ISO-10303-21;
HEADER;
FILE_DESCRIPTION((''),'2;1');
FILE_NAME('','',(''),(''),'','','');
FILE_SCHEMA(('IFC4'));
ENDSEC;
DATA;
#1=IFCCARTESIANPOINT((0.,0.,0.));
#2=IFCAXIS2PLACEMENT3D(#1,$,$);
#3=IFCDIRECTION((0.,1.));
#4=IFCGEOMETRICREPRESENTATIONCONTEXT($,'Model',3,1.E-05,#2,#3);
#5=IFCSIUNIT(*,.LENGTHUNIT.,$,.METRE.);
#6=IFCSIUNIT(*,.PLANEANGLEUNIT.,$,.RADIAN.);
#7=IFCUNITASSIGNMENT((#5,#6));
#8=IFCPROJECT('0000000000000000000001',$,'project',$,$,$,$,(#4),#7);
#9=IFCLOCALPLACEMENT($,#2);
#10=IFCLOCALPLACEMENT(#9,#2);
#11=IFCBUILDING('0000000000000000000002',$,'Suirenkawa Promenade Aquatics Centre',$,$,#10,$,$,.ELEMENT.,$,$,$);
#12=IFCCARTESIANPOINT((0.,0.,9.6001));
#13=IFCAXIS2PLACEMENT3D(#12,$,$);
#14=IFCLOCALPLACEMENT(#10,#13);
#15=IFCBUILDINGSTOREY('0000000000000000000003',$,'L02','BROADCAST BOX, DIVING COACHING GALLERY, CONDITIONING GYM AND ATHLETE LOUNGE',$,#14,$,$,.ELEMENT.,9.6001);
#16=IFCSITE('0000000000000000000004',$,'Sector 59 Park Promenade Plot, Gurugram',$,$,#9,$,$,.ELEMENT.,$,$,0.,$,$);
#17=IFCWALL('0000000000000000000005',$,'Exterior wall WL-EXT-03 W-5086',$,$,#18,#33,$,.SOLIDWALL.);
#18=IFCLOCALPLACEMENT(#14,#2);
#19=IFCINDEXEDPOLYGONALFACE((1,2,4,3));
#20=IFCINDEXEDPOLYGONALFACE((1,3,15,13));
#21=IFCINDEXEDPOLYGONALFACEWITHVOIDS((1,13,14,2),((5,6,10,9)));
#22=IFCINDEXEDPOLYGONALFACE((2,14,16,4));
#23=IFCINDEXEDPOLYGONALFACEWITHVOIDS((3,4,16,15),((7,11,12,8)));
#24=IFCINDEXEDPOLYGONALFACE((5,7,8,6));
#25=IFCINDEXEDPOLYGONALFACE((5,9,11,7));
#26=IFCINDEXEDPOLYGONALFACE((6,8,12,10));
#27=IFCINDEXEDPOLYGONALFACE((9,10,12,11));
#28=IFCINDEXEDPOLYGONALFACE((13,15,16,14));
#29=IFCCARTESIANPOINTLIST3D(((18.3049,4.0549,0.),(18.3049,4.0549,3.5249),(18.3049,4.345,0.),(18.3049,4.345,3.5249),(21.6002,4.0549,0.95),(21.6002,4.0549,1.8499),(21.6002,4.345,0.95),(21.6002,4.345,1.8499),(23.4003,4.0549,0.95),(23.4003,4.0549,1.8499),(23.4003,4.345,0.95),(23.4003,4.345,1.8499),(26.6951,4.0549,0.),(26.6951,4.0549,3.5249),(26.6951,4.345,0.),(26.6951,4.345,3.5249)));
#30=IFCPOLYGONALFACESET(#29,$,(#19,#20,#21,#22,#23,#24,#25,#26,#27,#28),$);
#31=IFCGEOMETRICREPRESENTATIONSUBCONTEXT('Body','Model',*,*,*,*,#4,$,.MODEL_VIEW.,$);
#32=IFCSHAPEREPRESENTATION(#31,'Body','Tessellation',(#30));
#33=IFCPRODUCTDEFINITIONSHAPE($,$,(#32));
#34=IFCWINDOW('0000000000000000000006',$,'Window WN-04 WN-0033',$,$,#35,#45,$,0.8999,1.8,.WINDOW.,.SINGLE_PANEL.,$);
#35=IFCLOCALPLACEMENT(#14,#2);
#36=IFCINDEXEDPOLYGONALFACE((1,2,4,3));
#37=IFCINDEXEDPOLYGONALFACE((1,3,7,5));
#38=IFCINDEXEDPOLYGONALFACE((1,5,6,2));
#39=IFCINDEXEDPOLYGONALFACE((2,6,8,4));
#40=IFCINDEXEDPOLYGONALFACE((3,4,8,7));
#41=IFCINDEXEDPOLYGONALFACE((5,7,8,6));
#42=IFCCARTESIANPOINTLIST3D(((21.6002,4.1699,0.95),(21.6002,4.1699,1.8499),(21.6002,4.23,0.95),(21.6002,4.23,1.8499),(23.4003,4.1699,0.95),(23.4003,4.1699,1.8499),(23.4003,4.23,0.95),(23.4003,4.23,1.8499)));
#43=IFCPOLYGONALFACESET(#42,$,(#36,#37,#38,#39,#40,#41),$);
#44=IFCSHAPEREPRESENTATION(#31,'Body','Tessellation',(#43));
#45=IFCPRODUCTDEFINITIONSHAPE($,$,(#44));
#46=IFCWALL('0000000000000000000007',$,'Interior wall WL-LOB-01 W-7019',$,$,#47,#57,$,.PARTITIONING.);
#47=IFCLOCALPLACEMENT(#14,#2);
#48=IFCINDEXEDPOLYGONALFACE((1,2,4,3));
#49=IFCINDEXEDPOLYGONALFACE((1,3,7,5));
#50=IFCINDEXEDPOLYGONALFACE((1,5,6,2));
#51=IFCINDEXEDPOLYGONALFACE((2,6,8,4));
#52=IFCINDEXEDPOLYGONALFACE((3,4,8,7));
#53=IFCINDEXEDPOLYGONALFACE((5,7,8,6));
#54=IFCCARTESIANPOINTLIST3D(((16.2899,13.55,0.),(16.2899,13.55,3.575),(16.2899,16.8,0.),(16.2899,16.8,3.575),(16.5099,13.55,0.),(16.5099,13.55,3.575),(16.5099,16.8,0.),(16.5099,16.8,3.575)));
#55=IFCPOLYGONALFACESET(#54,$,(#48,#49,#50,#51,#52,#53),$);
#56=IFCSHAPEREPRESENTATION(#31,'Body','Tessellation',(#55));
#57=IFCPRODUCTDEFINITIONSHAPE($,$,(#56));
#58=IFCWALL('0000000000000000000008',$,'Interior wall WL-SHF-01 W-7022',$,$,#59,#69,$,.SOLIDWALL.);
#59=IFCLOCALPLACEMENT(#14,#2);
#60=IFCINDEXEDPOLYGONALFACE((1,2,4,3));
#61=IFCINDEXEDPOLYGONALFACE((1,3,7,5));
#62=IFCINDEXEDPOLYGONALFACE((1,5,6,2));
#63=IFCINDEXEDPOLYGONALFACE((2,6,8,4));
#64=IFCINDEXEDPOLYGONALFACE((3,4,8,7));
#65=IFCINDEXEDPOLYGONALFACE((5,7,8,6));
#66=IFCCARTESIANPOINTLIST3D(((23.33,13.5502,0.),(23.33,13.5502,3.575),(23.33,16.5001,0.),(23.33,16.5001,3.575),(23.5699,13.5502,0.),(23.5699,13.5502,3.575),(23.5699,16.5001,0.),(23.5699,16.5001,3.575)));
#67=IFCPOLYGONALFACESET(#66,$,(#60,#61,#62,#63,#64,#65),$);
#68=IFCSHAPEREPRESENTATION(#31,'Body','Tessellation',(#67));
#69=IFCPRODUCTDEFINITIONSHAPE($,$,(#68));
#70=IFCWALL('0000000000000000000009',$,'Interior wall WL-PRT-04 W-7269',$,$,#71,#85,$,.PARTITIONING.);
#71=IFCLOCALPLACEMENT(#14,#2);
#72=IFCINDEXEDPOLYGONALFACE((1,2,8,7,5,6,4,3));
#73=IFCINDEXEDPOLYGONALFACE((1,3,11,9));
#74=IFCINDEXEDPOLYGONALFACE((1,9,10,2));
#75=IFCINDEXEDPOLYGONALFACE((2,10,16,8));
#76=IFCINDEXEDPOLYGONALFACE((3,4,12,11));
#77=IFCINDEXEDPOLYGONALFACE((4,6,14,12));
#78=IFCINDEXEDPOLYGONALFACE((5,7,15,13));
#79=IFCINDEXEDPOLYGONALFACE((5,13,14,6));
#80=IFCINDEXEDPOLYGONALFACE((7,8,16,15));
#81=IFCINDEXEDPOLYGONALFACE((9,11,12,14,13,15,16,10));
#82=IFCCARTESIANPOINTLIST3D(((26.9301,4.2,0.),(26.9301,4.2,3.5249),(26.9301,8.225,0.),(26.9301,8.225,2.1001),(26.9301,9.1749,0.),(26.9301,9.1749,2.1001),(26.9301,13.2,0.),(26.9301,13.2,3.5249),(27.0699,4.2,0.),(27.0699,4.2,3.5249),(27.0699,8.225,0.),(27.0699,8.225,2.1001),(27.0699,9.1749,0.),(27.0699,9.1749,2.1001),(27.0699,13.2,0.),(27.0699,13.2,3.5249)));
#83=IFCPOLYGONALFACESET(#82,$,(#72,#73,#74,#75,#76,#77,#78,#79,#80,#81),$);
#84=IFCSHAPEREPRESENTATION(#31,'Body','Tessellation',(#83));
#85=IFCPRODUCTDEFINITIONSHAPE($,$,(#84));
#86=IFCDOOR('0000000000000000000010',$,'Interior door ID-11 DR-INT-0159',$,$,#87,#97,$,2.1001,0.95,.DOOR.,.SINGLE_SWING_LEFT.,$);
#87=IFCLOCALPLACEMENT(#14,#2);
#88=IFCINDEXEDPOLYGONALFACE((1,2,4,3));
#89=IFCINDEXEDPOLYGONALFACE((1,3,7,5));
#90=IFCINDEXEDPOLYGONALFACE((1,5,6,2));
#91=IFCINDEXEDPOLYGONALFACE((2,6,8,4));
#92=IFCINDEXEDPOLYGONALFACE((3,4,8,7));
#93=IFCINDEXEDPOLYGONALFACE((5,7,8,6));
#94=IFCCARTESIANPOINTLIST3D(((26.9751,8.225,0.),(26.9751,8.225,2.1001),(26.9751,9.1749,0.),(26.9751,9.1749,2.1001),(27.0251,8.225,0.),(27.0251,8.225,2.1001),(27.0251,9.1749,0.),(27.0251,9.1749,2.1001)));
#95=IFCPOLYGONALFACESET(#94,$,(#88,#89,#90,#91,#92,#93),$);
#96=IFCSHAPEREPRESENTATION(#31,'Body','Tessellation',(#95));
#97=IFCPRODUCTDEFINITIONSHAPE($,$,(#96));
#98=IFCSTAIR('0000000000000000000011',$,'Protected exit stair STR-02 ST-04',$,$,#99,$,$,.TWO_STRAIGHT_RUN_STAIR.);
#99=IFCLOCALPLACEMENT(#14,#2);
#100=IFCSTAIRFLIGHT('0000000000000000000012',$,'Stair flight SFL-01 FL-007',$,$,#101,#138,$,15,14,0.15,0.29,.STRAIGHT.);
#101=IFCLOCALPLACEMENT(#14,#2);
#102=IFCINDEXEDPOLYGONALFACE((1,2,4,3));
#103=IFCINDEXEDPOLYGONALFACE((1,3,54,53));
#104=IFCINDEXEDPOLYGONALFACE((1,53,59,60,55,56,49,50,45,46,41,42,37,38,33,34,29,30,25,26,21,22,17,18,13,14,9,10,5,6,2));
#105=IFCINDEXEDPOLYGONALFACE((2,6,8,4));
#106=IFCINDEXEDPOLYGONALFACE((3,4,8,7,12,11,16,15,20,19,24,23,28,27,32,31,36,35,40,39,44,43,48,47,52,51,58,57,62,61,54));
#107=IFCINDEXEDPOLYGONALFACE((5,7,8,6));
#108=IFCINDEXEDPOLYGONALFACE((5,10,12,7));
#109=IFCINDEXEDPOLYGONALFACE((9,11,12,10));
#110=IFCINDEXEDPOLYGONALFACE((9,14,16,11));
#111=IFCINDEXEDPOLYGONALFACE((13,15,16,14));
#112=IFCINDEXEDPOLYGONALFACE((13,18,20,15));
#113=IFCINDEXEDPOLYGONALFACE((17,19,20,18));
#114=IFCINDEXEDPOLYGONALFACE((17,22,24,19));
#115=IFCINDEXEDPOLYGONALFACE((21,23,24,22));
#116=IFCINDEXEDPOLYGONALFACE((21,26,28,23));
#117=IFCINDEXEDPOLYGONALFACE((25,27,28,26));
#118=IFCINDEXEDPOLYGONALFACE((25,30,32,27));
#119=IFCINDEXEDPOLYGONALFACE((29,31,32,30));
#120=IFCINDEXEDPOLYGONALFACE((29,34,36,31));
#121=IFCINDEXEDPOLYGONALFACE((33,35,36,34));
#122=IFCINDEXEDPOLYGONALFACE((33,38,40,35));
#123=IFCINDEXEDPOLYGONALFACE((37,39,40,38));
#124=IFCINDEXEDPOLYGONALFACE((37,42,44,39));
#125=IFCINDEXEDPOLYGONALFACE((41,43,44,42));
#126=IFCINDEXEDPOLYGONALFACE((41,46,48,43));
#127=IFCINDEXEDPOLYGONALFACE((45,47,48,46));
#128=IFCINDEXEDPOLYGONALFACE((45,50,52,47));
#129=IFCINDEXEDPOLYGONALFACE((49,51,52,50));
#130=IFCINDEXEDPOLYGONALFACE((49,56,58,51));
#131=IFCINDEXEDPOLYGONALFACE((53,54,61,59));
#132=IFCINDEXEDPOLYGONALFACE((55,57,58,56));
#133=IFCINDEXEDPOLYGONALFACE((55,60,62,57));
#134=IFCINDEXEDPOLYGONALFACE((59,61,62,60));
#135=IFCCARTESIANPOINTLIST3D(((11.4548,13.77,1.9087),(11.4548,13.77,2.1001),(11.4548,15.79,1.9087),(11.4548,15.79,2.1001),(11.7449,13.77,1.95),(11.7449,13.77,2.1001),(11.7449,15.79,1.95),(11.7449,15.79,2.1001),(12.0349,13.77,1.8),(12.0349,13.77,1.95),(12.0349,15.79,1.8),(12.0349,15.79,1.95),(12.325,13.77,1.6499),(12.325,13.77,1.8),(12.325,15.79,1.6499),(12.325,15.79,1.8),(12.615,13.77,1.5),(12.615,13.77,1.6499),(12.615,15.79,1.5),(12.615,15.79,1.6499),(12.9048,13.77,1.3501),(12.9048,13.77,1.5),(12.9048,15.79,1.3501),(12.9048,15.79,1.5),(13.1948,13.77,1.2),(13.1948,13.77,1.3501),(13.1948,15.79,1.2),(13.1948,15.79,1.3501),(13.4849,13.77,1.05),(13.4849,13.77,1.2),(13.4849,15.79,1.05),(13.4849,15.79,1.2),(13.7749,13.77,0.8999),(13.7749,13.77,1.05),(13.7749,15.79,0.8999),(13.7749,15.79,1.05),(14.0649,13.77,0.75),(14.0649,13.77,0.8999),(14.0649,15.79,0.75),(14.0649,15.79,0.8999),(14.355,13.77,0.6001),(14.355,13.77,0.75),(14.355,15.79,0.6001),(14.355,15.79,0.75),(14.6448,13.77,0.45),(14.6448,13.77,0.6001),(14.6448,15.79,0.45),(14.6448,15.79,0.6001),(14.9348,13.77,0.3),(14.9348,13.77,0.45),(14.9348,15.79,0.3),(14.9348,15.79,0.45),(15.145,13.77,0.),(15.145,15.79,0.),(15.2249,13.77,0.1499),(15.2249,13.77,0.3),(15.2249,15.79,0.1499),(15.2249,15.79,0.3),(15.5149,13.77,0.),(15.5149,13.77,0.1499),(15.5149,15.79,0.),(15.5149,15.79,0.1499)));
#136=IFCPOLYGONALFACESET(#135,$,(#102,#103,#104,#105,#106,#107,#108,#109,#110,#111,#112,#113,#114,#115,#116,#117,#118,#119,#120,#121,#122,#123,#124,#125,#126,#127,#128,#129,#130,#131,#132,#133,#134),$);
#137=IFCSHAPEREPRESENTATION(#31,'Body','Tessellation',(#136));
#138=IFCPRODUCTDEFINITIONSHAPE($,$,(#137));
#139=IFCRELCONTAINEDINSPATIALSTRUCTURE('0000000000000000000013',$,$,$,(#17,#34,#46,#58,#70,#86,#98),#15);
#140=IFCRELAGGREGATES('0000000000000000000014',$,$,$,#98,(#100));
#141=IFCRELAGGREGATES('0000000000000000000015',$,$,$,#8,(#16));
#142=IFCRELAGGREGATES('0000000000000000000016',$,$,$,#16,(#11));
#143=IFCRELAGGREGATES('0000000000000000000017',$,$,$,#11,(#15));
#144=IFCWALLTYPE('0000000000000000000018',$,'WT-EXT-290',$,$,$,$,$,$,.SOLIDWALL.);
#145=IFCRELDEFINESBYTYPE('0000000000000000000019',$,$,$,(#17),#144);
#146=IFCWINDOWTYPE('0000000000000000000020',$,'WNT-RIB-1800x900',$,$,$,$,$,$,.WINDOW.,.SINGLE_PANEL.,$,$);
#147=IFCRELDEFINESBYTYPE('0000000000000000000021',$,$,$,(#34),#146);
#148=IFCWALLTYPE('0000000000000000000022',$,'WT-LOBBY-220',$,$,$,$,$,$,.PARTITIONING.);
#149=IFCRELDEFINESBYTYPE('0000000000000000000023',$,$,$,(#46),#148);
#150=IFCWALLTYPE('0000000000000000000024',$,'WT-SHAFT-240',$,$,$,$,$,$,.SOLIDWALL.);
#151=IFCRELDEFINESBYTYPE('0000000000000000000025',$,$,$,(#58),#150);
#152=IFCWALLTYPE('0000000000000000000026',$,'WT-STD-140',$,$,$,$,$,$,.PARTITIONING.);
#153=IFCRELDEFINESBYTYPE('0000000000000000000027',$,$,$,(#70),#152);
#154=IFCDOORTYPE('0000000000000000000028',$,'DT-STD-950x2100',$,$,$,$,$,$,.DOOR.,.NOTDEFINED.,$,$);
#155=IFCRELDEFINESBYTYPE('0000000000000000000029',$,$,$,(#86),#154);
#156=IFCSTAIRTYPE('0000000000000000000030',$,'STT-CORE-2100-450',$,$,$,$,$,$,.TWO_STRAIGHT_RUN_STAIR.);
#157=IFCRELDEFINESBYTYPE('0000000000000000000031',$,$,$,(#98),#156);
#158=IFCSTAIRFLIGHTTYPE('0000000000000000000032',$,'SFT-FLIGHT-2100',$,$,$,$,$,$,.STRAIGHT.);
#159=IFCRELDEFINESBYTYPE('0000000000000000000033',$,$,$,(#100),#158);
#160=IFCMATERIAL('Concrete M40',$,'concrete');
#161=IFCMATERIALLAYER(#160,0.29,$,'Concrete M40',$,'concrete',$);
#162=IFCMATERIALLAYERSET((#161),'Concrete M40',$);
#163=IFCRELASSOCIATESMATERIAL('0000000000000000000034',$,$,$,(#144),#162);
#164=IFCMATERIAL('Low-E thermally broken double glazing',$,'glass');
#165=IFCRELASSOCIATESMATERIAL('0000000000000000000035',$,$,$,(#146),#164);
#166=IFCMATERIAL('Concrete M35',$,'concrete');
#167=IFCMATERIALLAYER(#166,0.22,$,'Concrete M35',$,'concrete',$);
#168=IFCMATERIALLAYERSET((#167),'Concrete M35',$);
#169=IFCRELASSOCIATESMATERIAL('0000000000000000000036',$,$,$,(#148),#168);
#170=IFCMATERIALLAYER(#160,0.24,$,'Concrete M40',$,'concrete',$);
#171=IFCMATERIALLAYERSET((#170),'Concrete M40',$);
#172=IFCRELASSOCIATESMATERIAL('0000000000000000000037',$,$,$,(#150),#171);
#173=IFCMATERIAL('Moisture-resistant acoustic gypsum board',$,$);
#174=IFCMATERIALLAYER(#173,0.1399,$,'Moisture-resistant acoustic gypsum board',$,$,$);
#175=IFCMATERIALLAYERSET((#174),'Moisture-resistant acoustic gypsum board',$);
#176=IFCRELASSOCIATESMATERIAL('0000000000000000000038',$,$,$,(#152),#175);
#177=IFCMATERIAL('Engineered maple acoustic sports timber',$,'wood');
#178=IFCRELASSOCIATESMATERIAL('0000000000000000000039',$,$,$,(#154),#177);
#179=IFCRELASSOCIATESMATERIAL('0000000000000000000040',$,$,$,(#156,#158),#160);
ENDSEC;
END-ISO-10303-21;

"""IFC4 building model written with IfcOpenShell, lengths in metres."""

from ifc_helpers import new_model, si_unit, direction, frame, frame_2d, origin, place, context, subcontext, project, spatial, polyline, rectangle, outline, extrude, material, layer, layer_set, type_object, element, fill, aggregate, save


model = new_model("IFC4")

# Units and contexts
model_context = context("Model", 3, precision=1e-05, world=origin(), true_north=direction((0.0, 1.0)))
body_context = subcontext(model_context, "Body", "Model", "MODEL_VIEW")
ifc_project = project(units=[si_unit("LENGTHUNIT", "METRE"), si_unit("PLANEANGLEUNIT", "RADIAN")], contexts=[model_context])

# Site, building, storey
site_placement = place(None, origin())
site = spatial("IfcSite", under=ifc_project, at=site_placement, Name="Sector 59 Park Promenade Plot, Gurugram", CompositionType="ELEMENT", RefElevation=0.0)
building_placement = place(site_placement, origin())
building = spatial("IfcBuilding", under=site, at=building_placement, Name="Suirenkawa Promenade Aquatics Centre", CompositionType="ELEMENT")
storey_placement = place(building_placement, frame((0.0, 0.0, 9.6001)))
storey = spatial("IfcBuildingStorey", under=building, at=storey_placement, Name="L02", Description="BROADCAST BOX, DIVING COACHING GALLERY, CONDITIONING GYM AND ATHLETE LOUNGE", CompositionType="ELEMENT", Elevation=9.6001)

# Shared definitions
ifc_material_1 = material(Name="Concrete M40", Category="concrete")

# Shared definitions
ifc_material_2 = material(Name="Concrete M35", Category="concrete")

# Wall, opening, window
ifc_layer_1 = layer(ifc_material_1, 0.29, Name="Concrete M40", Category="concrete")
ifc_layer_set_1 = layer_set([ifc_layer_1], Name="Concrete M40")
wall_type_1 = type_object("IfcWallType", Name="WT-EXT-290", PredefinedType="SOLIDWALL", material=ifc_layer_set_1)
ifc_material_3 = material(Name="Low-E thermally broken double glazing", Category="glass")
wall_1_placement = place(storey_placement, frame((26.6951, 4.2, 0.0), z_axis=(0.0, 0.0, 1.0), x_axis=(-1.0, 0.0, 0.0)))
wall_1 = element("IfcWall", 1, at=wall_1_placement, inside=storey, type_object=wall_type_1, Name="Exterior wall WL-EXT-03 W-5086", PredefinedType="SOLIDWALL", context=body_context, shape_type="SweptSolid", body=[
    extrude(rectangle(XDim=8.3901, YDim=0.29, at=frame_2d((4.1951, 0.0))), origin(), (0.0, 0.0, 1.0), 3.5249),
])
opening_1_placement = place(wall_1_placement, frame((3.2949, 0.0, 0.95)))
opening_1 = element("IfcOpeningElement", 2, at=opening_1_placement, cuts=wall_1, PredefinedType="OPENING", context=body_context, shape_type="SweptSolid", body=[
    extrude(rectangle(XDim=1.8, YDim=0.8999, at=frame_2d((0.8999, 0.45))), frame((0.0, 0.155, 0.0), z_axis=(0.0, -1.0, 0.0), x_axis=(1.0, 0.0, 0.0)), (0.0, 0.0, 1.0), 0.3101),
])
window_type_1 = type_object("IfcWindowType", Name="WNT-RIB-1800x900", PartitioningType="SINGLE_PANEL", PredefinedType="WINDOW", material=ifc_material_3)
window_1_placement = place(opening_1_placement, origin())
window_1 = element("IfcWindow", 3, at=window_1_placement, inside=storey, type_object=window_type_1, Name="Window WN-04 WN-0033", OverallHeight=0.8999, OverallWidth=1.8, PartitioningType="SINGLE_PANEL", PredefinedType="WINDOW", context=body_context, shape_type="SweptSolid", body=[
    extrude(rectangle(XDim=1.8, YDim=0.8999, at=frame_2d((0.8999, 0.45))), frame((0.0, 0.03, 0.0), z_axis=(0.0, -1.0, 0.0), x_axis=(1.0, 0.0, 0.0)), (0.0, 0.0, 1.0), 0.0601),
])
fill(opening_1, window_1)

# Walls
ifc_layer_2 = layer(ifc_material_2, 0.22, Name="Concrete M35", Category="concrete")
ifc_layer_set_2 = layer_set([ifc_layer_2], Name="Concrete M35")
wall_type_2 = type_object("IfcWallType", Name="WT-LOBBY-220", PredefinedType="PARTITIONING", material=ifc_layer_set_2)
wall_2_placement = place(storey_placement, frame((16.3999, 13.55, 0.0), z_axis=(0.0, 0.0, 1.0), x_axis=(0.0, 1.0, 0.0)))
element("IfcWall", 4, at=wall_2_placement, inside=storey, type_object=wall_type_2, Name="Interior wall WL-LOB-01 W-7019", PredefinedType="PARTITIONING", context=body_context, shape_type="SweptSolid", body=[
    extrude(rectangle(XDim=3.25, YDim=0.22, at=frame_2d((1.625, 0.0))), origin(), (0.0, 0.0, 1.0), 3.575),
])
ifc_layer_3 = layer(ifc_material_1, 0.24, Name="Concrete M40", Category="concrete")
ifc_layer_set_3 = layer_set([ifc_layer_3], Name="Concrete M40")
wall_type_3 = type_object("IfcWallType", Name="WT-SHAFT-240", PredefinedType="SOLIDWALL", material=ifc_layer_set_3)
wall_3_placement = place(storey_placement, frame((23.45, 13.55, 0.0), z_axis=(0.0, 0.0, 1.0), x_axis=(0.0, 1.0, 0.0)))
element("IfcWall", 5, at=wall_3_placement, inside=storey, type_object=wall_type_3, Name="Interior wall WL-SHF-01 W-7022", PredefinedType="SOLIDWALL", context=body_context, shape_type="SweptSolid", body=[
    extrude(rectangle(XDim=2.95, YDim=0.24, at=frame_2d((1.4751, 0.0))), origin(), (0.0, 0.0, 1.0), 3.575),
])

# Wall, opening, door
ifc_material_4 = material(Name="Moisture-resistant acoustic gypsum board")
ifc_layer_4 = layer(ifc_material_4, 0.1399, Name="Moisture-resistant acoustic gypsum board")
ifc_layer_set_4 = layer_set([ifc_layer_4], Name="Moisture-resistant acoustic gypsum board")
wall_type_4 = type_object("IfcWallType", Name="WT-STD-140", PredefinedType="PARTITIONING", material=ifc_layer_set_4)
wall_4_placement = place(storey_placement, frame((27.0, 4.2, 0.0), z_axis=(0.0, 0.0, 1.0), x_axis=(0.0, 1.0, 0.0)))
wall_4 = element("IfcWall", 6, at=wall_4_placement, inside=storey, type_object=wall_type_4, Name="Interior wall WL-PRT-04 W-7269", PredefinedType="PARTITIONING", context=body_context, shape_type="SweptSolid", body=[
    extrude(rectangle(XDim=9.0, YDim=0.1399, at=frame_2d((4.5, 0.0))), origin(), (0.0, 0.0, 1.0), 3.5249),
])
opening_2_placement = place(wall_4_placement, frame((4.0249, 0.0, 0.0)))
opening_2 = element("IfcOpeningElement", 7, at=opening_2_placement, cuts=wall_4, PredefinedType="OPENING", context=body_context, shape_type="SweptSolid", body=[
    extrude(rectangle(XDim=0.95, YDim=2.1001, at=frame_2d((0.4751, 1.05))), frame((0.0, 0.0798, 0.0), z_axis=(0.0, -1.0, 0.0), x_axis=(1.0, 0.0, 0.0)), (0.0, 0.0, 1.0), 0.1599),
])
ifc_material_5 = material(Name="Engineered maple acoustic sports timber", Category="wood")
door_type = type_object("IfcDoorType", Name="DT-STD-950x2100", OperationType="NOTDEFINED", PredefinedType="DOOR", material=ifc_material_5)
door_placement = place(opening_2_placement, origin())
door = element("IfcDoor", 8, at=door_placement, inside=storey, type_object=door_type, Name="Interior door ID-11 DR-INT-0159", OperationType="SINGLE_SWING_LEFT", OverallHeight=2.1001, OverallWidth=0.95, PredefinedType="DOOR", context=body_context, shape_type="SweptSolid", body=[
    extrude(rectangle(XDim=0.95, YDim=2.1001, at=frame_2d((0.4751, 1.05))), frame((0.0, 0.0249, 0.0), z_axis=(0.0, -1.0, 0.0), x_axis=(1.0, 0.0, 0.0)), (0.0, 0.0, 1.0), 0.05),
])
fill(opening_2, door)

# Stair, stair flight
stair_type = type_object("IfcStairType", Name="STT-CORE-2100-450", PredefinedType="TWO_STRAIGHT_RUN_STAIR", material=ifc_material_1)
stair_placement = place(storey_placement, origin())
stair = element("IfcStair", 9, at=stair_placement, inside=storey, type_object=stair_type, Name="Protected exit stair STR-02 ST-04", PredefinedType="TWO_STRAIGHT_RUN_STAIR")
stair_flight_type = type_object("IfcStairFlightType", Name="SFT-FLIGHT-2100", PredefinedType="STRAIGHT", material=ifc_material_1)
stair_flight_placement = place(storey_placement, frame((15.5149, 14.78, 0.0), z_axis=(0.0, 0.0, 1.0), x_axis=(-1.0, 0.0, 0.0)))
stair_flight = element("IfcStairFlight", 10, at=stair_flight_placement, type_object=stair_flight_type, Name="Stair flight SFL-01 FL-007", NumberOfRisers=15, NumberOfTreads=14, PredefinedType="STRAIGHT", RiserHeight=0.15, TreadLength=0.29, context=body_context, shape_type="SweptSolid", body=[
    extrude(outline(polyline([(0.0, 0.0), (0.0, 0.1499), (0.29, 0.1499), (0.29, 0.3), (0.5801, 0.3), (0.5801, 0.45), (0.8701, 0.45), (0.8701, 0.6001), (1.1599, 0.6001), (1.1599, 0.75), (1.45, 0.75), (1.45, 0.8999), (1.74, 0.8999), (1.74, 1.05), (2.03, 1.05), (2.03, 1.2), (2.3201, 1.2), (2.3201, 1.3501), (2.6101, 1.3501), (2.6101, 1.5), (2.8999, 1.5), (2.8999, 1.6499), (3.1899, 1.6499), (3.1899, 1.8), (3.48, 1.8), (3.48, 1.95), (3.77, 1.95), (3.77, 2.1001), (4.0601, 2.1001), (4.0601, 2.25), (4.0601, 1.9087), (0.3699, 0.0), (0.0, 0.0)])), frame((0.0, 1.01, 0.0), z_axis=(0.0, -1.0, 0.0), x_axis=(1.0, 0.0, 0.0)), (0.0, 0.0, 1.0), 2.02),
])
aggregate(stair, [stair_flight])

save(model, "model.ifc")
